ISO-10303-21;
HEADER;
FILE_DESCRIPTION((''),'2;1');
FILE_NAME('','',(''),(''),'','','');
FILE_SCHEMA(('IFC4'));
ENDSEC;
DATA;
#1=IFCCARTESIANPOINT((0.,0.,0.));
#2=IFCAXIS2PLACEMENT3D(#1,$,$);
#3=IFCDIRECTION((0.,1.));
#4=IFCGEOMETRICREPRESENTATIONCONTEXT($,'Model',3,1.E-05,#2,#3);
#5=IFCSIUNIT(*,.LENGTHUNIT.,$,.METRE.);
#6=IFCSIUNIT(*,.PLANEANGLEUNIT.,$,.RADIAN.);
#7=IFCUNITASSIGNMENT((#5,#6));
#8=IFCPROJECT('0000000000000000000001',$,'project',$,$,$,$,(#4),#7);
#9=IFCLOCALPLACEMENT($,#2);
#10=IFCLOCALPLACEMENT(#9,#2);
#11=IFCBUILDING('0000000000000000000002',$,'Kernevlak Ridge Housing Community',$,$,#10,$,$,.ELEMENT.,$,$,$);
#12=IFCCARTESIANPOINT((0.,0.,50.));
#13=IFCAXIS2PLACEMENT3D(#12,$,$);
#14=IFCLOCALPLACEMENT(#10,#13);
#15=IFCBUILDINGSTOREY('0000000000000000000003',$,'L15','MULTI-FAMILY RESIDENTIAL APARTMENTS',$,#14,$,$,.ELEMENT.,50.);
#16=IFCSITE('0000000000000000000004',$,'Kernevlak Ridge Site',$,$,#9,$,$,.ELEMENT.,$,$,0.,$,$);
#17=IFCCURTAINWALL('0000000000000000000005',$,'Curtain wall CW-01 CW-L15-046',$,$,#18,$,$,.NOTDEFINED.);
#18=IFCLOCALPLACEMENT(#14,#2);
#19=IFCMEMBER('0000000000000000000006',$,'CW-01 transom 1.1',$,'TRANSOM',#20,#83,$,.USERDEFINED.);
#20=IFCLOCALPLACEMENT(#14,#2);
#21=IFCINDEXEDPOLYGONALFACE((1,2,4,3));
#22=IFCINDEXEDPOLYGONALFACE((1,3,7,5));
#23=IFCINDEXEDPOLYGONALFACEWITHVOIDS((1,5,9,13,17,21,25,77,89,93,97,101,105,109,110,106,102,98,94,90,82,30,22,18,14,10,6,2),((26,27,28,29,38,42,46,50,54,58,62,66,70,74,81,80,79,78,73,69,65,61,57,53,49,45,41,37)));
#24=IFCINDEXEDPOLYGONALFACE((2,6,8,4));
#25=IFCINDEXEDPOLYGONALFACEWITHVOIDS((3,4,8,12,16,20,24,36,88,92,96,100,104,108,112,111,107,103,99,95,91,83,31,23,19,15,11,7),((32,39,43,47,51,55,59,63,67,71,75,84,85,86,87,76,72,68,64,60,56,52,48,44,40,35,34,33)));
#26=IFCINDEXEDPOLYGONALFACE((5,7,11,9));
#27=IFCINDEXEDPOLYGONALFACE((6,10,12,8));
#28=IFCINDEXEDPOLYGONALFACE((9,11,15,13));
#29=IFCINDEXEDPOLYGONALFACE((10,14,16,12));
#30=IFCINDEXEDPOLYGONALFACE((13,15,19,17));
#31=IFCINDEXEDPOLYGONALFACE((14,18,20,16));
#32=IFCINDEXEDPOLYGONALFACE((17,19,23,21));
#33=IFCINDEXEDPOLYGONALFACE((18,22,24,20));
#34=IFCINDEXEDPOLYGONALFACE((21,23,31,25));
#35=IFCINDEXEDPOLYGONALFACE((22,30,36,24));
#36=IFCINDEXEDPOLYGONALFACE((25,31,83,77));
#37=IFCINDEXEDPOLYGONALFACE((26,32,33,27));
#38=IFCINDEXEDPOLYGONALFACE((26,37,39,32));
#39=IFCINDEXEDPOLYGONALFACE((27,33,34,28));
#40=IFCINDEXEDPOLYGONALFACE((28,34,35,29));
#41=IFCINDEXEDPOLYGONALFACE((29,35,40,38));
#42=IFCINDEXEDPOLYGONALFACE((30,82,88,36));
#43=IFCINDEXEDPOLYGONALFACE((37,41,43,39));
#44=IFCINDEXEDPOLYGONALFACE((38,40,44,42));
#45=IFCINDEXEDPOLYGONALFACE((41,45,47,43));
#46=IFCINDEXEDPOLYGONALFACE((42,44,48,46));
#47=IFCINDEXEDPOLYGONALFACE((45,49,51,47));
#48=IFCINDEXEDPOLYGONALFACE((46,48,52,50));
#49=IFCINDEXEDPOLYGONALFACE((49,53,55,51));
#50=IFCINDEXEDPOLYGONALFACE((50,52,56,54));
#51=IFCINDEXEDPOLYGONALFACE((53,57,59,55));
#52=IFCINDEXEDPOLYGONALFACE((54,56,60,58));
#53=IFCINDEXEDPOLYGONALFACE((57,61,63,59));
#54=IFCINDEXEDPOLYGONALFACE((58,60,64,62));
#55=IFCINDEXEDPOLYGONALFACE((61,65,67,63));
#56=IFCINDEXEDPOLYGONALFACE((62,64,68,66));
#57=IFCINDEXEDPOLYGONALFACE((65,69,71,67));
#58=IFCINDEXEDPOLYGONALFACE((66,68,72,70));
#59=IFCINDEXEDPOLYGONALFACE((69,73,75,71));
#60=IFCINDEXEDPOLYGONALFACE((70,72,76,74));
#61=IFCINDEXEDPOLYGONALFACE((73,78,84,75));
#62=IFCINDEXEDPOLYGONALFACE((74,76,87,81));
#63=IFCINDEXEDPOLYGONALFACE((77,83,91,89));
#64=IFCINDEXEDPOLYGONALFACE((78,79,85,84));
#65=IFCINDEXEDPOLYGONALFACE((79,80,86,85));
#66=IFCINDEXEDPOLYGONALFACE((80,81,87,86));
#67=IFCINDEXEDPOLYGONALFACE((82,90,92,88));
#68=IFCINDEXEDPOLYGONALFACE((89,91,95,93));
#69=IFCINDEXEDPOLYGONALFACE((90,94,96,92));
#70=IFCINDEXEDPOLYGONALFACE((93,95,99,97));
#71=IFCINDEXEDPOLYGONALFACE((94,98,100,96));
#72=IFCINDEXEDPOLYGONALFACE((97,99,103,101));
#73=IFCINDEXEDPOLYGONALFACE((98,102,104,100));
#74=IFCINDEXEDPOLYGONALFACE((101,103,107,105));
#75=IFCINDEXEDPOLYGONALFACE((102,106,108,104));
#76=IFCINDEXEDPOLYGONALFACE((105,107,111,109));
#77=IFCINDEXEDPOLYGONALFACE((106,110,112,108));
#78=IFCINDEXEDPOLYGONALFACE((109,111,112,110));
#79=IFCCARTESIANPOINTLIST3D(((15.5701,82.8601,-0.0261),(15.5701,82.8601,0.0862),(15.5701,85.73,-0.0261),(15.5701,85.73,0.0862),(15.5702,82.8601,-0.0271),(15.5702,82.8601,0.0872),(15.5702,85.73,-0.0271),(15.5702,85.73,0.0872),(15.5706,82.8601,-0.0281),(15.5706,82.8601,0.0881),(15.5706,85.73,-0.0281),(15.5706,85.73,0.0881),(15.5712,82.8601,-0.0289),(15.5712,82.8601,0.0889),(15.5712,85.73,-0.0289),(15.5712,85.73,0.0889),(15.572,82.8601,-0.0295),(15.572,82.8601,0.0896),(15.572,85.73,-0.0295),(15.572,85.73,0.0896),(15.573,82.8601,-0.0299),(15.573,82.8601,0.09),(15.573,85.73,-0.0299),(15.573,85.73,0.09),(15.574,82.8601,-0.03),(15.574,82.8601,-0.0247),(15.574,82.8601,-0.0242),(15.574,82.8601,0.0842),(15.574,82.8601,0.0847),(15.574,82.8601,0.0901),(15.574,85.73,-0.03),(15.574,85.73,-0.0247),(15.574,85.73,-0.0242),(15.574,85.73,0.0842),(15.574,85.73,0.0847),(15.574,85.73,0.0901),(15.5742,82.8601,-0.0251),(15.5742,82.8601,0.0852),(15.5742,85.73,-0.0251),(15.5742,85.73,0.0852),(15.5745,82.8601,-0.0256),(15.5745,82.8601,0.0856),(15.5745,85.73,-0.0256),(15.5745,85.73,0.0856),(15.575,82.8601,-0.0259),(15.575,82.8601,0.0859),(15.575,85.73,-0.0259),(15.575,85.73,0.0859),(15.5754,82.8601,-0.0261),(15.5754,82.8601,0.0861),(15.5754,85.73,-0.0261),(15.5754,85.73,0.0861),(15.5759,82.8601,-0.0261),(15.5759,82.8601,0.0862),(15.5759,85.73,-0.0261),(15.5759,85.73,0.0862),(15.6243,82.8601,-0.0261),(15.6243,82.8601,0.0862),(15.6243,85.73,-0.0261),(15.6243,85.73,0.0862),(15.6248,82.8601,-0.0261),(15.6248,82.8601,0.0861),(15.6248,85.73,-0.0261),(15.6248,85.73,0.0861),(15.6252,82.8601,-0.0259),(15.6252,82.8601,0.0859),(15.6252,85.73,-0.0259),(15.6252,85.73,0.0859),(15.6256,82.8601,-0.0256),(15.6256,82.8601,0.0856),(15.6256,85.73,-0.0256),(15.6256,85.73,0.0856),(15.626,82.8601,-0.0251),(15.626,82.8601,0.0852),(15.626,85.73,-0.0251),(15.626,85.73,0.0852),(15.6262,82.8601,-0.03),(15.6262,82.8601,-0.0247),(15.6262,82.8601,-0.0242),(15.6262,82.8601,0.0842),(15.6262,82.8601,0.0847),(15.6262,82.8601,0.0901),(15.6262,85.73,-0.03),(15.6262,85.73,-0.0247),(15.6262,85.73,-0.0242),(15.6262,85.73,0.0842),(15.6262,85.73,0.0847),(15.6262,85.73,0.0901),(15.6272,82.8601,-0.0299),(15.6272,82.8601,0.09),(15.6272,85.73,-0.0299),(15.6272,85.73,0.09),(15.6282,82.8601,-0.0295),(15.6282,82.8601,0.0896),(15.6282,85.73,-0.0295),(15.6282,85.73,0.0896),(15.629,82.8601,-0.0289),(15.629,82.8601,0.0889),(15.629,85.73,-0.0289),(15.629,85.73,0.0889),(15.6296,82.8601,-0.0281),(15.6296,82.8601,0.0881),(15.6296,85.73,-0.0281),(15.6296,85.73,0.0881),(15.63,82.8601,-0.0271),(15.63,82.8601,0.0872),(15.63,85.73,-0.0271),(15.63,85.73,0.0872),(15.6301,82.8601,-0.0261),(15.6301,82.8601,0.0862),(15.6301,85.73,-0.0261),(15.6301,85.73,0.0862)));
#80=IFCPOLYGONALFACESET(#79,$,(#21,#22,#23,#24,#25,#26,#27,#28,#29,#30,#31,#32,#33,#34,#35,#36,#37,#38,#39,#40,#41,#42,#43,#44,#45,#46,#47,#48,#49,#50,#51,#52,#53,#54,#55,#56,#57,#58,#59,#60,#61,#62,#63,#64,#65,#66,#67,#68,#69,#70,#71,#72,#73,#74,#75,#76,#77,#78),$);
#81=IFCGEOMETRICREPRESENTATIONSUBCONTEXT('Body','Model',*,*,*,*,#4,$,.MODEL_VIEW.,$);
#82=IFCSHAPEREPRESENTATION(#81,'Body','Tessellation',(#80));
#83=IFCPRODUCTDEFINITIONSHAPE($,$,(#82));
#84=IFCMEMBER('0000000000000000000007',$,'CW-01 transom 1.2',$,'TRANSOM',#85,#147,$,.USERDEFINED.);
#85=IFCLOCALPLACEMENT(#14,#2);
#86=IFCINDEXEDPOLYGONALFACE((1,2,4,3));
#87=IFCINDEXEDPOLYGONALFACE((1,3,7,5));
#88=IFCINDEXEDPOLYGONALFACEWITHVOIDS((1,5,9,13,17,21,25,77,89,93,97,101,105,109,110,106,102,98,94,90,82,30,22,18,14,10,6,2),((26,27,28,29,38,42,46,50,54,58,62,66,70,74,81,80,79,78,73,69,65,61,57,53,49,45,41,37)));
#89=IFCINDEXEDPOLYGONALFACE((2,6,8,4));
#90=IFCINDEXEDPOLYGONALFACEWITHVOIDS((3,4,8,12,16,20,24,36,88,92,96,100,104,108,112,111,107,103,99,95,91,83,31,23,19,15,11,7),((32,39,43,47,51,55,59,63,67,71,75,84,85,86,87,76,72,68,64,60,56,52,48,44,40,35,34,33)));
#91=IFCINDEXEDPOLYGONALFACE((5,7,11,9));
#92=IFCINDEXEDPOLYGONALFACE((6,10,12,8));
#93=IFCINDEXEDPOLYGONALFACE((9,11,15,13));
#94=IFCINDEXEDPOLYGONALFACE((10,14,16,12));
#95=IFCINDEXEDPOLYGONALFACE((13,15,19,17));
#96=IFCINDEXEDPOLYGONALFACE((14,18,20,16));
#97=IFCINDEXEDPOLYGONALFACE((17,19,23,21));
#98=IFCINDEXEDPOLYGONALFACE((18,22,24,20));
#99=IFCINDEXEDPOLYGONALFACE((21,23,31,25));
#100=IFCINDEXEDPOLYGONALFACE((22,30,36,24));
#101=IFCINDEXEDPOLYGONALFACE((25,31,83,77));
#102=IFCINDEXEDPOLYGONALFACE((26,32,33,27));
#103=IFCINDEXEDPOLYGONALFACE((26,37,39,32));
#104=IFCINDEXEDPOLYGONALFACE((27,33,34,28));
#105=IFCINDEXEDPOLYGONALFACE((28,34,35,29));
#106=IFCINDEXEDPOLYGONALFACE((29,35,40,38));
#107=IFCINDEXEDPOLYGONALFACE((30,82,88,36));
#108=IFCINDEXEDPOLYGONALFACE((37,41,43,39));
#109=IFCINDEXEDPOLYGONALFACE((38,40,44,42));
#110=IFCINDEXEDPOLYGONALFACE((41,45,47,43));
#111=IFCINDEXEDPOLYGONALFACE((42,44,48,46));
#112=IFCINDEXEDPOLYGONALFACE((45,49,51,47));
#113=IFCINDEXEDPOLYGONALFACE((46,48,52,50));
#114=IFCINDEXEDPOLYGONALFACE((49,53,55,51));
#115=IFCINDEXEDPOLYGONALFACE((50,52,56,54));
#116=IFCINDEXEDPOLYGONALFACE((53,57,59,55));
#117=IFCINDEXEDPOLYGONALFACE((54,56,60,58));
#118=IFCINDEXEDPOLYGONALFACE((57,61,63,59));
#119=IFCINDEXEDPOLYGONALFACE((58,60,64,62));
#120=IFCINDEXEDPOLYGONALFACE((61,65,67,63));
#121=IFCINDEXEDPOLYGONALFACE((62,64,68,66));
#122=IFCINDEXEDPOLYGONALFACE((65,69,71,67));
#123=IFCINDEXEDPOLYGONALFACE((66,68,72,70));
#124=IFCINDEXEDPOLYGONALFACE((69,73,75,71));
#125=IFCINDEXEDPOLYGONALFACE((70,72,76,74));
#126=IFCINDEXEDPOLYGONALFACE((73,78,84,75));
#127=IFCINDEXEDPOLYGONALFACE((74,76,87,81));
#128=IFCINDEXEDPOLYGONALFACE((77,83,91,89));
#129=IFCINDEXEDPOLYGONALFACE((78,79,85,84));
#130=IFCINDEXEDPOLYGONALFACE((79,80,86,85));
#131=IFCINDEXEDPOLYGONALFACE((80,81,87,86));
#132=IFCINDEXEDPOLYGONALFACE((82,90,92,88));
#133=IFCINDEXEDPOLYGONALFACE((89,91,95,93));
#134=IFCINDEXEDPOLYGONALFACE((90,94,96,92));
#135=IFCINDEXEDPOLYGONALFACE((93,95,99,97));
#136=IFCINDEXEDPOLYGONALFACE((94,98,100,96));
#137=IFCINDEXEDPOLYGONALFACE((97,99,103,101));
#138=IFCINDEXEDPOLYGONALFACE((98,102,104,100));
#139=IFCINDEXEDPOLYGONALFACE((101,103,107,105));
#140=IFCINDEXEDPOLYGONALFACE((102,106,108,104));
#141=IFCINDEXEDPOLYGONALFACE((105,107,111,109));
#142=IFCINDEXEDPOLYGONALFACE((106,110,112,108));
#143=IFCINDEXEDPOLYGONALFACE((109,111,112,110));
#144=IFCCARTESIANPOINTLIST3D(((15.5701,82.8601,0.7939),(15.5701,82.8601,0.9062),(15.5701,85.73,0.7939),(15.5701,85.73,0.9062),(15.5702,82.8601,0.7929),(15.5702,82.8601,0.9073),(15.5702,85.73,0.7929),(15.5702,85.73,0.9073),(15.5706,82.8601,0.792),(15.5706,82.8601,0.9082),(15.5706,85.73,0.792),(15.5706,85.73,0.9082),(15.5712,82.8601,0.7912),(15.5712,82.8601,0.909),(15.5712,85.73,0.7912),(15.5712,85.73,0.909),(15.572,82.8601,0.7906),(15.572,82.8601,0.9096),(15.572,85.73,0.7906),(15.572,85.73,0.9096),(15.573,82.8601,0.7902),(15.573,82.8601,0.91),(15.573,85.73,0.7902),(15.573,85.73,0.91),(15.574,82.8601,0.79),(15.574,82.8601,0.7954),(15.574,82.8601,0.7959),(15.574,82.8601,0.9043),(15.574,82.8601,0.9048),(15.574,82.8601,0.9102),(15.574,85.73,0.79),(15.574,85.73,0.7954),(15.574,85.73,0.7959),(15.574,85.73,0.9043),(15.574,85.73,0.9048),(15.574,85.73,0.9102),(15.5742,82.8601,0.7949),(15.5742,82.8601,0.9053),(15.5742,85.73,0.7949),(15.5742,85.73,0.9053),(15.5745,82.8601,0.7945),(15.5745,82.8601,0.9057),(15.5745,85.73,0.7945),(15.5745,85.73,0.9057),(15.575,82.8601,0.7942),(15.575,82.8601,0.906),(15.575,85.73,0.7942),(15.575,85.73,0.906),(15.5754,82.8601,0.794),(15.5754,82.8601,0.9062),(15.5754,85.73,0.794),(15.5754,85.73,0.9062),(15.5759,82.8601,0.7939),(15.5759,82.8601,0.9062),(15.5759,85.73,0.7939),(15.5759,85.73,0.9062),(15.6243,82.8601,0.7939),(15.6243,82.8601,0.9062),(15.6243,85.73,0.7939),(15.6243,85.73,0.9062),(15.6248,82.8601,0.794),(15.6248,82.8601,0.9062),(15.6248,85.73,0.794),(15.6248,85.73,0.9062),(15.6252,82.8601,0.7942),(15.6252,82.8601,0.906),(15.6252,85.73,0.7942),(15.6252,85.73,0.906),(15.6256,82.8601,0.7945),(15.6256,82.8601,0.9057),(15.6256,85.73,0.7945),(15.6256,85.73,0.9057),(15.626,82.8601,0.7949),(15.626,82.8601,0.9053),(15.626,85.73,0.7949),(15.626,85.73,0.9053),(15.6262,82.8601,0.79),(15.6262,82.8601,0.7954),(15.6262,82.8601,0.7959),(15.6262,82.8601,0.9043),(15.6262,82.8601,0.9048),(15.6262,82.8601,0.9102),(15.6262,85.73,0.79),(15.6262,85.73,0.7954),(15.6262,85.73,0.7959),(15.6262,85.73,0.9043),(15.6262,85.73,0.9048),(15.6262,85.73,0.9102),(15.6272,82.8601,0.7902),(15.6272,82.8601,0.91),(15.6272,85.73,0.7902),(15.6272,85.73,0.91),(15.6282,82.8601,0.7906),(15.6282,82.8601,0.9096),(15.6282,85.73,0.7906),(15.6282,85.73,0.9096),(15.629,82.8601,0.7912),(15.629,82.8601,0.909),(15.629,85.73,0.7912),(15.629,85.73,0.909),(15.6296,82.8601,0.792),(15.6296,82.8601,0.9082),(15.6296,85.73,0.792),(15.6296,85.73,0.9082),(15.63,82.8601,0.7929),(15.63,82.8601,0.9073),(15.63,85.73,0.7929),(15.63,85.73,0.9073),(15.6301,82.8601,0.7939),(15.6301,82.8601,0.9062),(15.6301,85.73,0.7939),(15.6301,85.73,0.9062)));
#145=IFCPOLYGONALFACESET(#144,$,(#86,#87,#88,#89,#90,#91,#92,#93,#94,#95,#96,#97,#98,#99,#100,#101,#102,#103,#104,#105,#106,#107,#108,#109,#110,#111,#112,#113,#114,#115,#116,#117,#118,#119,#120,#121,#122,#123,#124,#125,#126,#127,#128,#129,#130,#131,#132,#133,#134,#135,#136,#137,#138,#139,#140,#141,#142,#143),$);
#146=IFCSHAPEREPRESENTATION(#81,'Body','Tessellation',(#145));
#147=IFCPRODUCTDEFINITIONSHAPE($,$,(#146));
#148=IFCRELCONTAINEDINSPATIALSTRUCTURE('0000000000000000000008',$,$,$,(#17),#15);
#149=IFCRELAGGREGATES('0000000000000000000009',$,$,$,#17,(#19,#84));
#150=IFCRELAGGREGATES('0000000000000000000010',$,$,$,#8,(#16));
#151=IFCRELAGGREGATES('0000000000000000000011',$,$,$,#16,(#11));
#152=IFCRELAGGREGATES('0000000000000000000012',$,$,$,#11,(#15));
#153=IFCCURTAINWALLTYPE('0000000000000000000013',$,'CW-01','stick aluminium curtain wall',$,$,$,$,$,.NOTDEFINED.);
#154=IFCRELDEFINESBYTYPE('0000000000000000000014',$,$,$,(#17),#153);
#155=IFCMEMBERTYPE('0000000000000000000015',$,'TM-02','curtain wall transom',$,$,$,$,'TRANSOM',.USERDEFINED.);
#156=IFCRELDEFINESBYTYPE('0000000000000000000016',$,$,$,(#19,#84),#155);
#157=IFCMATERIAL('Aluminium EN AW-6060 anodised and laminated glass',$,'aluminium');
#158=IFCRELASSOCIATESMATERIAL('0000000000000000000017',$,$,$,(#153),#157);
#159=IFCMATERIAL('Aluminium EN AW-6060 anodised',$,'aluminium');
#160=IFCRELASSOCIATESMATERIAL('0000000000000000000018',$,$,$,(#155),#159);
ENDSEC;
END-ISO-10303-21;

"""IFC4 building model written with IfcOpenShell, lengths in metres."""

from ifc_helpers import new_model, si_unit, direction, frame, origin, origin_2d, place, context, subcontext, project, spatial, hollow_rectangle, extrude, material, material_profile, profile_set, type_object, element, aggregate, save


model = new_model("IFC4")

# Units and contexts
model_context = context("Model", 3, precision=1e-05, world=origin(), true_north=direction((0.0, 1.0)))
body_context = subcontext(model_context, "Body", "Model", "MODEL_VIEW")
ifc_project = project(units=[si_unit("LENGTHUNIT", "METRE"), si_unit("PLANEANGLEUNIT", "RADIAN")], contexts=[model_context])

# Site, building, storey
site_placement = place(None, origin())
site = spatial("IfcSite", under=ifc_project, at=site_placement, Name="Kernevlak Ridge Site", CompositionType="ELEMENT", RefElevation=0.0)
building_placement = place(site_placement, origin())
building = spatial("IfcBuilding", under=site, at=building_placement, Name="Kernevlak Ridge Housing Community", CompositionType="ELEMENT")
storey_placement = place(building_placement, frame((0.0, 0.0, 50.0)))
storey = spatial("IfcBuildingStorey", under=building, at=storey_placement, Name="L15", Description="MULTI-FAMILY RESIDENTIAL APARTMENTS", CompositionType="ELEMENT", Elevation=50.0)

# Curtain wall
ifc_material_1 = material(Name="Aluminium EN AW-6060 anodised and laminated glass", Category="aluminium")
curtain_wall_type = type_object("IfcCurtainWallType", Name="CW-01", Description="stick aluminium curtain wall", PredefinedType="NOTDEFINED", material=ifc_material_1)
curtain_wall_placement = place(storey_placement, origin())
curtain_wall = element("IfcCurtainWall", 1, at=curtain_wall_placement, inside=storey, type_object=curtain_wall_type, Name="Curtain wall CW-01 CW-L15-046", PredefinedType="NOTDEFINED")
ifc_material_2 = material(Name="Aluminium EN AW-6060 anodised", Category="aluminium")

# Members
ifc_material_profile_1 = material_profile(ifc_material_2, hollow_rectangle(XDim=0.0601, YDim=0.1201, WallThickness=0.0039, InnerFilletRadius=0.002, OuterFilletRadius=0.0039, at=origin_2d()), Name="ALU 60x120x4")
ifc_profile_set_1 = profile_set([ifc_material_profile_1], Name="Aluminium EN AW-6060 anodised")
member_type_1 = type_object("IfcMemberType", Name="TM-02", Description="curtain wall transom", ElementType="TRANSOM", PredefinedType="USERDEFINED", material=ifc_profile_set_1)
member_1_placement = place(storey_placement, frame((15.6001, 82.8601, 0.03), z_axis=(0.0, 1.0, 0.0), x_axis=(-1.0, 0.0, 0.0)))
member_1 = element("IfcMember", 2, at=member_1_placement, type_object=member_type_1, Name="CW-01 transom 1.1", ObjectType="TRANSOM", PredefinedType="USERDEFINED", context=body_context, shape_type="SweptSolid", body=[
    extrude(hollow_rectangle(XDim=0.0601, YDim=0.1201, WallThickness=0.0039, InnerFilletRadius=0.002, OuterFilletRadius=0.0039, at=origin_2d()), origin(), (0.0, 0.0, 1.0), 2.8699),
])
member_2_placement = place(storey_placement, frame((15.6001, 82.8601, 0.8501), z_axis=(0.0, 1.0, 0.0), x_axis=(-1.0, 0.0, 0.0)))
member_2 = element("IfcMember", 3, at=member_2_placement, type_object=member_type_1, Name="CW-01 transom 1.2", ObjectType="TRANSOM", PredefinedType="USERDEFINED", context=body_context, shape_type="SweptSolid", body=[
    extrude(hollow_rectangle(XDim=0.0601, YDim=0.1201, WallThickness=0.0039, InnerFilletRadius=0.002, OuterFilletRadius=0.0039, at=origin_2d()), origin(), (0.0, 0.0, 1.0), 2.8699),
])

aggregate(curtain_wall, [member_1, member_2])

save(model, "model.ifc")
